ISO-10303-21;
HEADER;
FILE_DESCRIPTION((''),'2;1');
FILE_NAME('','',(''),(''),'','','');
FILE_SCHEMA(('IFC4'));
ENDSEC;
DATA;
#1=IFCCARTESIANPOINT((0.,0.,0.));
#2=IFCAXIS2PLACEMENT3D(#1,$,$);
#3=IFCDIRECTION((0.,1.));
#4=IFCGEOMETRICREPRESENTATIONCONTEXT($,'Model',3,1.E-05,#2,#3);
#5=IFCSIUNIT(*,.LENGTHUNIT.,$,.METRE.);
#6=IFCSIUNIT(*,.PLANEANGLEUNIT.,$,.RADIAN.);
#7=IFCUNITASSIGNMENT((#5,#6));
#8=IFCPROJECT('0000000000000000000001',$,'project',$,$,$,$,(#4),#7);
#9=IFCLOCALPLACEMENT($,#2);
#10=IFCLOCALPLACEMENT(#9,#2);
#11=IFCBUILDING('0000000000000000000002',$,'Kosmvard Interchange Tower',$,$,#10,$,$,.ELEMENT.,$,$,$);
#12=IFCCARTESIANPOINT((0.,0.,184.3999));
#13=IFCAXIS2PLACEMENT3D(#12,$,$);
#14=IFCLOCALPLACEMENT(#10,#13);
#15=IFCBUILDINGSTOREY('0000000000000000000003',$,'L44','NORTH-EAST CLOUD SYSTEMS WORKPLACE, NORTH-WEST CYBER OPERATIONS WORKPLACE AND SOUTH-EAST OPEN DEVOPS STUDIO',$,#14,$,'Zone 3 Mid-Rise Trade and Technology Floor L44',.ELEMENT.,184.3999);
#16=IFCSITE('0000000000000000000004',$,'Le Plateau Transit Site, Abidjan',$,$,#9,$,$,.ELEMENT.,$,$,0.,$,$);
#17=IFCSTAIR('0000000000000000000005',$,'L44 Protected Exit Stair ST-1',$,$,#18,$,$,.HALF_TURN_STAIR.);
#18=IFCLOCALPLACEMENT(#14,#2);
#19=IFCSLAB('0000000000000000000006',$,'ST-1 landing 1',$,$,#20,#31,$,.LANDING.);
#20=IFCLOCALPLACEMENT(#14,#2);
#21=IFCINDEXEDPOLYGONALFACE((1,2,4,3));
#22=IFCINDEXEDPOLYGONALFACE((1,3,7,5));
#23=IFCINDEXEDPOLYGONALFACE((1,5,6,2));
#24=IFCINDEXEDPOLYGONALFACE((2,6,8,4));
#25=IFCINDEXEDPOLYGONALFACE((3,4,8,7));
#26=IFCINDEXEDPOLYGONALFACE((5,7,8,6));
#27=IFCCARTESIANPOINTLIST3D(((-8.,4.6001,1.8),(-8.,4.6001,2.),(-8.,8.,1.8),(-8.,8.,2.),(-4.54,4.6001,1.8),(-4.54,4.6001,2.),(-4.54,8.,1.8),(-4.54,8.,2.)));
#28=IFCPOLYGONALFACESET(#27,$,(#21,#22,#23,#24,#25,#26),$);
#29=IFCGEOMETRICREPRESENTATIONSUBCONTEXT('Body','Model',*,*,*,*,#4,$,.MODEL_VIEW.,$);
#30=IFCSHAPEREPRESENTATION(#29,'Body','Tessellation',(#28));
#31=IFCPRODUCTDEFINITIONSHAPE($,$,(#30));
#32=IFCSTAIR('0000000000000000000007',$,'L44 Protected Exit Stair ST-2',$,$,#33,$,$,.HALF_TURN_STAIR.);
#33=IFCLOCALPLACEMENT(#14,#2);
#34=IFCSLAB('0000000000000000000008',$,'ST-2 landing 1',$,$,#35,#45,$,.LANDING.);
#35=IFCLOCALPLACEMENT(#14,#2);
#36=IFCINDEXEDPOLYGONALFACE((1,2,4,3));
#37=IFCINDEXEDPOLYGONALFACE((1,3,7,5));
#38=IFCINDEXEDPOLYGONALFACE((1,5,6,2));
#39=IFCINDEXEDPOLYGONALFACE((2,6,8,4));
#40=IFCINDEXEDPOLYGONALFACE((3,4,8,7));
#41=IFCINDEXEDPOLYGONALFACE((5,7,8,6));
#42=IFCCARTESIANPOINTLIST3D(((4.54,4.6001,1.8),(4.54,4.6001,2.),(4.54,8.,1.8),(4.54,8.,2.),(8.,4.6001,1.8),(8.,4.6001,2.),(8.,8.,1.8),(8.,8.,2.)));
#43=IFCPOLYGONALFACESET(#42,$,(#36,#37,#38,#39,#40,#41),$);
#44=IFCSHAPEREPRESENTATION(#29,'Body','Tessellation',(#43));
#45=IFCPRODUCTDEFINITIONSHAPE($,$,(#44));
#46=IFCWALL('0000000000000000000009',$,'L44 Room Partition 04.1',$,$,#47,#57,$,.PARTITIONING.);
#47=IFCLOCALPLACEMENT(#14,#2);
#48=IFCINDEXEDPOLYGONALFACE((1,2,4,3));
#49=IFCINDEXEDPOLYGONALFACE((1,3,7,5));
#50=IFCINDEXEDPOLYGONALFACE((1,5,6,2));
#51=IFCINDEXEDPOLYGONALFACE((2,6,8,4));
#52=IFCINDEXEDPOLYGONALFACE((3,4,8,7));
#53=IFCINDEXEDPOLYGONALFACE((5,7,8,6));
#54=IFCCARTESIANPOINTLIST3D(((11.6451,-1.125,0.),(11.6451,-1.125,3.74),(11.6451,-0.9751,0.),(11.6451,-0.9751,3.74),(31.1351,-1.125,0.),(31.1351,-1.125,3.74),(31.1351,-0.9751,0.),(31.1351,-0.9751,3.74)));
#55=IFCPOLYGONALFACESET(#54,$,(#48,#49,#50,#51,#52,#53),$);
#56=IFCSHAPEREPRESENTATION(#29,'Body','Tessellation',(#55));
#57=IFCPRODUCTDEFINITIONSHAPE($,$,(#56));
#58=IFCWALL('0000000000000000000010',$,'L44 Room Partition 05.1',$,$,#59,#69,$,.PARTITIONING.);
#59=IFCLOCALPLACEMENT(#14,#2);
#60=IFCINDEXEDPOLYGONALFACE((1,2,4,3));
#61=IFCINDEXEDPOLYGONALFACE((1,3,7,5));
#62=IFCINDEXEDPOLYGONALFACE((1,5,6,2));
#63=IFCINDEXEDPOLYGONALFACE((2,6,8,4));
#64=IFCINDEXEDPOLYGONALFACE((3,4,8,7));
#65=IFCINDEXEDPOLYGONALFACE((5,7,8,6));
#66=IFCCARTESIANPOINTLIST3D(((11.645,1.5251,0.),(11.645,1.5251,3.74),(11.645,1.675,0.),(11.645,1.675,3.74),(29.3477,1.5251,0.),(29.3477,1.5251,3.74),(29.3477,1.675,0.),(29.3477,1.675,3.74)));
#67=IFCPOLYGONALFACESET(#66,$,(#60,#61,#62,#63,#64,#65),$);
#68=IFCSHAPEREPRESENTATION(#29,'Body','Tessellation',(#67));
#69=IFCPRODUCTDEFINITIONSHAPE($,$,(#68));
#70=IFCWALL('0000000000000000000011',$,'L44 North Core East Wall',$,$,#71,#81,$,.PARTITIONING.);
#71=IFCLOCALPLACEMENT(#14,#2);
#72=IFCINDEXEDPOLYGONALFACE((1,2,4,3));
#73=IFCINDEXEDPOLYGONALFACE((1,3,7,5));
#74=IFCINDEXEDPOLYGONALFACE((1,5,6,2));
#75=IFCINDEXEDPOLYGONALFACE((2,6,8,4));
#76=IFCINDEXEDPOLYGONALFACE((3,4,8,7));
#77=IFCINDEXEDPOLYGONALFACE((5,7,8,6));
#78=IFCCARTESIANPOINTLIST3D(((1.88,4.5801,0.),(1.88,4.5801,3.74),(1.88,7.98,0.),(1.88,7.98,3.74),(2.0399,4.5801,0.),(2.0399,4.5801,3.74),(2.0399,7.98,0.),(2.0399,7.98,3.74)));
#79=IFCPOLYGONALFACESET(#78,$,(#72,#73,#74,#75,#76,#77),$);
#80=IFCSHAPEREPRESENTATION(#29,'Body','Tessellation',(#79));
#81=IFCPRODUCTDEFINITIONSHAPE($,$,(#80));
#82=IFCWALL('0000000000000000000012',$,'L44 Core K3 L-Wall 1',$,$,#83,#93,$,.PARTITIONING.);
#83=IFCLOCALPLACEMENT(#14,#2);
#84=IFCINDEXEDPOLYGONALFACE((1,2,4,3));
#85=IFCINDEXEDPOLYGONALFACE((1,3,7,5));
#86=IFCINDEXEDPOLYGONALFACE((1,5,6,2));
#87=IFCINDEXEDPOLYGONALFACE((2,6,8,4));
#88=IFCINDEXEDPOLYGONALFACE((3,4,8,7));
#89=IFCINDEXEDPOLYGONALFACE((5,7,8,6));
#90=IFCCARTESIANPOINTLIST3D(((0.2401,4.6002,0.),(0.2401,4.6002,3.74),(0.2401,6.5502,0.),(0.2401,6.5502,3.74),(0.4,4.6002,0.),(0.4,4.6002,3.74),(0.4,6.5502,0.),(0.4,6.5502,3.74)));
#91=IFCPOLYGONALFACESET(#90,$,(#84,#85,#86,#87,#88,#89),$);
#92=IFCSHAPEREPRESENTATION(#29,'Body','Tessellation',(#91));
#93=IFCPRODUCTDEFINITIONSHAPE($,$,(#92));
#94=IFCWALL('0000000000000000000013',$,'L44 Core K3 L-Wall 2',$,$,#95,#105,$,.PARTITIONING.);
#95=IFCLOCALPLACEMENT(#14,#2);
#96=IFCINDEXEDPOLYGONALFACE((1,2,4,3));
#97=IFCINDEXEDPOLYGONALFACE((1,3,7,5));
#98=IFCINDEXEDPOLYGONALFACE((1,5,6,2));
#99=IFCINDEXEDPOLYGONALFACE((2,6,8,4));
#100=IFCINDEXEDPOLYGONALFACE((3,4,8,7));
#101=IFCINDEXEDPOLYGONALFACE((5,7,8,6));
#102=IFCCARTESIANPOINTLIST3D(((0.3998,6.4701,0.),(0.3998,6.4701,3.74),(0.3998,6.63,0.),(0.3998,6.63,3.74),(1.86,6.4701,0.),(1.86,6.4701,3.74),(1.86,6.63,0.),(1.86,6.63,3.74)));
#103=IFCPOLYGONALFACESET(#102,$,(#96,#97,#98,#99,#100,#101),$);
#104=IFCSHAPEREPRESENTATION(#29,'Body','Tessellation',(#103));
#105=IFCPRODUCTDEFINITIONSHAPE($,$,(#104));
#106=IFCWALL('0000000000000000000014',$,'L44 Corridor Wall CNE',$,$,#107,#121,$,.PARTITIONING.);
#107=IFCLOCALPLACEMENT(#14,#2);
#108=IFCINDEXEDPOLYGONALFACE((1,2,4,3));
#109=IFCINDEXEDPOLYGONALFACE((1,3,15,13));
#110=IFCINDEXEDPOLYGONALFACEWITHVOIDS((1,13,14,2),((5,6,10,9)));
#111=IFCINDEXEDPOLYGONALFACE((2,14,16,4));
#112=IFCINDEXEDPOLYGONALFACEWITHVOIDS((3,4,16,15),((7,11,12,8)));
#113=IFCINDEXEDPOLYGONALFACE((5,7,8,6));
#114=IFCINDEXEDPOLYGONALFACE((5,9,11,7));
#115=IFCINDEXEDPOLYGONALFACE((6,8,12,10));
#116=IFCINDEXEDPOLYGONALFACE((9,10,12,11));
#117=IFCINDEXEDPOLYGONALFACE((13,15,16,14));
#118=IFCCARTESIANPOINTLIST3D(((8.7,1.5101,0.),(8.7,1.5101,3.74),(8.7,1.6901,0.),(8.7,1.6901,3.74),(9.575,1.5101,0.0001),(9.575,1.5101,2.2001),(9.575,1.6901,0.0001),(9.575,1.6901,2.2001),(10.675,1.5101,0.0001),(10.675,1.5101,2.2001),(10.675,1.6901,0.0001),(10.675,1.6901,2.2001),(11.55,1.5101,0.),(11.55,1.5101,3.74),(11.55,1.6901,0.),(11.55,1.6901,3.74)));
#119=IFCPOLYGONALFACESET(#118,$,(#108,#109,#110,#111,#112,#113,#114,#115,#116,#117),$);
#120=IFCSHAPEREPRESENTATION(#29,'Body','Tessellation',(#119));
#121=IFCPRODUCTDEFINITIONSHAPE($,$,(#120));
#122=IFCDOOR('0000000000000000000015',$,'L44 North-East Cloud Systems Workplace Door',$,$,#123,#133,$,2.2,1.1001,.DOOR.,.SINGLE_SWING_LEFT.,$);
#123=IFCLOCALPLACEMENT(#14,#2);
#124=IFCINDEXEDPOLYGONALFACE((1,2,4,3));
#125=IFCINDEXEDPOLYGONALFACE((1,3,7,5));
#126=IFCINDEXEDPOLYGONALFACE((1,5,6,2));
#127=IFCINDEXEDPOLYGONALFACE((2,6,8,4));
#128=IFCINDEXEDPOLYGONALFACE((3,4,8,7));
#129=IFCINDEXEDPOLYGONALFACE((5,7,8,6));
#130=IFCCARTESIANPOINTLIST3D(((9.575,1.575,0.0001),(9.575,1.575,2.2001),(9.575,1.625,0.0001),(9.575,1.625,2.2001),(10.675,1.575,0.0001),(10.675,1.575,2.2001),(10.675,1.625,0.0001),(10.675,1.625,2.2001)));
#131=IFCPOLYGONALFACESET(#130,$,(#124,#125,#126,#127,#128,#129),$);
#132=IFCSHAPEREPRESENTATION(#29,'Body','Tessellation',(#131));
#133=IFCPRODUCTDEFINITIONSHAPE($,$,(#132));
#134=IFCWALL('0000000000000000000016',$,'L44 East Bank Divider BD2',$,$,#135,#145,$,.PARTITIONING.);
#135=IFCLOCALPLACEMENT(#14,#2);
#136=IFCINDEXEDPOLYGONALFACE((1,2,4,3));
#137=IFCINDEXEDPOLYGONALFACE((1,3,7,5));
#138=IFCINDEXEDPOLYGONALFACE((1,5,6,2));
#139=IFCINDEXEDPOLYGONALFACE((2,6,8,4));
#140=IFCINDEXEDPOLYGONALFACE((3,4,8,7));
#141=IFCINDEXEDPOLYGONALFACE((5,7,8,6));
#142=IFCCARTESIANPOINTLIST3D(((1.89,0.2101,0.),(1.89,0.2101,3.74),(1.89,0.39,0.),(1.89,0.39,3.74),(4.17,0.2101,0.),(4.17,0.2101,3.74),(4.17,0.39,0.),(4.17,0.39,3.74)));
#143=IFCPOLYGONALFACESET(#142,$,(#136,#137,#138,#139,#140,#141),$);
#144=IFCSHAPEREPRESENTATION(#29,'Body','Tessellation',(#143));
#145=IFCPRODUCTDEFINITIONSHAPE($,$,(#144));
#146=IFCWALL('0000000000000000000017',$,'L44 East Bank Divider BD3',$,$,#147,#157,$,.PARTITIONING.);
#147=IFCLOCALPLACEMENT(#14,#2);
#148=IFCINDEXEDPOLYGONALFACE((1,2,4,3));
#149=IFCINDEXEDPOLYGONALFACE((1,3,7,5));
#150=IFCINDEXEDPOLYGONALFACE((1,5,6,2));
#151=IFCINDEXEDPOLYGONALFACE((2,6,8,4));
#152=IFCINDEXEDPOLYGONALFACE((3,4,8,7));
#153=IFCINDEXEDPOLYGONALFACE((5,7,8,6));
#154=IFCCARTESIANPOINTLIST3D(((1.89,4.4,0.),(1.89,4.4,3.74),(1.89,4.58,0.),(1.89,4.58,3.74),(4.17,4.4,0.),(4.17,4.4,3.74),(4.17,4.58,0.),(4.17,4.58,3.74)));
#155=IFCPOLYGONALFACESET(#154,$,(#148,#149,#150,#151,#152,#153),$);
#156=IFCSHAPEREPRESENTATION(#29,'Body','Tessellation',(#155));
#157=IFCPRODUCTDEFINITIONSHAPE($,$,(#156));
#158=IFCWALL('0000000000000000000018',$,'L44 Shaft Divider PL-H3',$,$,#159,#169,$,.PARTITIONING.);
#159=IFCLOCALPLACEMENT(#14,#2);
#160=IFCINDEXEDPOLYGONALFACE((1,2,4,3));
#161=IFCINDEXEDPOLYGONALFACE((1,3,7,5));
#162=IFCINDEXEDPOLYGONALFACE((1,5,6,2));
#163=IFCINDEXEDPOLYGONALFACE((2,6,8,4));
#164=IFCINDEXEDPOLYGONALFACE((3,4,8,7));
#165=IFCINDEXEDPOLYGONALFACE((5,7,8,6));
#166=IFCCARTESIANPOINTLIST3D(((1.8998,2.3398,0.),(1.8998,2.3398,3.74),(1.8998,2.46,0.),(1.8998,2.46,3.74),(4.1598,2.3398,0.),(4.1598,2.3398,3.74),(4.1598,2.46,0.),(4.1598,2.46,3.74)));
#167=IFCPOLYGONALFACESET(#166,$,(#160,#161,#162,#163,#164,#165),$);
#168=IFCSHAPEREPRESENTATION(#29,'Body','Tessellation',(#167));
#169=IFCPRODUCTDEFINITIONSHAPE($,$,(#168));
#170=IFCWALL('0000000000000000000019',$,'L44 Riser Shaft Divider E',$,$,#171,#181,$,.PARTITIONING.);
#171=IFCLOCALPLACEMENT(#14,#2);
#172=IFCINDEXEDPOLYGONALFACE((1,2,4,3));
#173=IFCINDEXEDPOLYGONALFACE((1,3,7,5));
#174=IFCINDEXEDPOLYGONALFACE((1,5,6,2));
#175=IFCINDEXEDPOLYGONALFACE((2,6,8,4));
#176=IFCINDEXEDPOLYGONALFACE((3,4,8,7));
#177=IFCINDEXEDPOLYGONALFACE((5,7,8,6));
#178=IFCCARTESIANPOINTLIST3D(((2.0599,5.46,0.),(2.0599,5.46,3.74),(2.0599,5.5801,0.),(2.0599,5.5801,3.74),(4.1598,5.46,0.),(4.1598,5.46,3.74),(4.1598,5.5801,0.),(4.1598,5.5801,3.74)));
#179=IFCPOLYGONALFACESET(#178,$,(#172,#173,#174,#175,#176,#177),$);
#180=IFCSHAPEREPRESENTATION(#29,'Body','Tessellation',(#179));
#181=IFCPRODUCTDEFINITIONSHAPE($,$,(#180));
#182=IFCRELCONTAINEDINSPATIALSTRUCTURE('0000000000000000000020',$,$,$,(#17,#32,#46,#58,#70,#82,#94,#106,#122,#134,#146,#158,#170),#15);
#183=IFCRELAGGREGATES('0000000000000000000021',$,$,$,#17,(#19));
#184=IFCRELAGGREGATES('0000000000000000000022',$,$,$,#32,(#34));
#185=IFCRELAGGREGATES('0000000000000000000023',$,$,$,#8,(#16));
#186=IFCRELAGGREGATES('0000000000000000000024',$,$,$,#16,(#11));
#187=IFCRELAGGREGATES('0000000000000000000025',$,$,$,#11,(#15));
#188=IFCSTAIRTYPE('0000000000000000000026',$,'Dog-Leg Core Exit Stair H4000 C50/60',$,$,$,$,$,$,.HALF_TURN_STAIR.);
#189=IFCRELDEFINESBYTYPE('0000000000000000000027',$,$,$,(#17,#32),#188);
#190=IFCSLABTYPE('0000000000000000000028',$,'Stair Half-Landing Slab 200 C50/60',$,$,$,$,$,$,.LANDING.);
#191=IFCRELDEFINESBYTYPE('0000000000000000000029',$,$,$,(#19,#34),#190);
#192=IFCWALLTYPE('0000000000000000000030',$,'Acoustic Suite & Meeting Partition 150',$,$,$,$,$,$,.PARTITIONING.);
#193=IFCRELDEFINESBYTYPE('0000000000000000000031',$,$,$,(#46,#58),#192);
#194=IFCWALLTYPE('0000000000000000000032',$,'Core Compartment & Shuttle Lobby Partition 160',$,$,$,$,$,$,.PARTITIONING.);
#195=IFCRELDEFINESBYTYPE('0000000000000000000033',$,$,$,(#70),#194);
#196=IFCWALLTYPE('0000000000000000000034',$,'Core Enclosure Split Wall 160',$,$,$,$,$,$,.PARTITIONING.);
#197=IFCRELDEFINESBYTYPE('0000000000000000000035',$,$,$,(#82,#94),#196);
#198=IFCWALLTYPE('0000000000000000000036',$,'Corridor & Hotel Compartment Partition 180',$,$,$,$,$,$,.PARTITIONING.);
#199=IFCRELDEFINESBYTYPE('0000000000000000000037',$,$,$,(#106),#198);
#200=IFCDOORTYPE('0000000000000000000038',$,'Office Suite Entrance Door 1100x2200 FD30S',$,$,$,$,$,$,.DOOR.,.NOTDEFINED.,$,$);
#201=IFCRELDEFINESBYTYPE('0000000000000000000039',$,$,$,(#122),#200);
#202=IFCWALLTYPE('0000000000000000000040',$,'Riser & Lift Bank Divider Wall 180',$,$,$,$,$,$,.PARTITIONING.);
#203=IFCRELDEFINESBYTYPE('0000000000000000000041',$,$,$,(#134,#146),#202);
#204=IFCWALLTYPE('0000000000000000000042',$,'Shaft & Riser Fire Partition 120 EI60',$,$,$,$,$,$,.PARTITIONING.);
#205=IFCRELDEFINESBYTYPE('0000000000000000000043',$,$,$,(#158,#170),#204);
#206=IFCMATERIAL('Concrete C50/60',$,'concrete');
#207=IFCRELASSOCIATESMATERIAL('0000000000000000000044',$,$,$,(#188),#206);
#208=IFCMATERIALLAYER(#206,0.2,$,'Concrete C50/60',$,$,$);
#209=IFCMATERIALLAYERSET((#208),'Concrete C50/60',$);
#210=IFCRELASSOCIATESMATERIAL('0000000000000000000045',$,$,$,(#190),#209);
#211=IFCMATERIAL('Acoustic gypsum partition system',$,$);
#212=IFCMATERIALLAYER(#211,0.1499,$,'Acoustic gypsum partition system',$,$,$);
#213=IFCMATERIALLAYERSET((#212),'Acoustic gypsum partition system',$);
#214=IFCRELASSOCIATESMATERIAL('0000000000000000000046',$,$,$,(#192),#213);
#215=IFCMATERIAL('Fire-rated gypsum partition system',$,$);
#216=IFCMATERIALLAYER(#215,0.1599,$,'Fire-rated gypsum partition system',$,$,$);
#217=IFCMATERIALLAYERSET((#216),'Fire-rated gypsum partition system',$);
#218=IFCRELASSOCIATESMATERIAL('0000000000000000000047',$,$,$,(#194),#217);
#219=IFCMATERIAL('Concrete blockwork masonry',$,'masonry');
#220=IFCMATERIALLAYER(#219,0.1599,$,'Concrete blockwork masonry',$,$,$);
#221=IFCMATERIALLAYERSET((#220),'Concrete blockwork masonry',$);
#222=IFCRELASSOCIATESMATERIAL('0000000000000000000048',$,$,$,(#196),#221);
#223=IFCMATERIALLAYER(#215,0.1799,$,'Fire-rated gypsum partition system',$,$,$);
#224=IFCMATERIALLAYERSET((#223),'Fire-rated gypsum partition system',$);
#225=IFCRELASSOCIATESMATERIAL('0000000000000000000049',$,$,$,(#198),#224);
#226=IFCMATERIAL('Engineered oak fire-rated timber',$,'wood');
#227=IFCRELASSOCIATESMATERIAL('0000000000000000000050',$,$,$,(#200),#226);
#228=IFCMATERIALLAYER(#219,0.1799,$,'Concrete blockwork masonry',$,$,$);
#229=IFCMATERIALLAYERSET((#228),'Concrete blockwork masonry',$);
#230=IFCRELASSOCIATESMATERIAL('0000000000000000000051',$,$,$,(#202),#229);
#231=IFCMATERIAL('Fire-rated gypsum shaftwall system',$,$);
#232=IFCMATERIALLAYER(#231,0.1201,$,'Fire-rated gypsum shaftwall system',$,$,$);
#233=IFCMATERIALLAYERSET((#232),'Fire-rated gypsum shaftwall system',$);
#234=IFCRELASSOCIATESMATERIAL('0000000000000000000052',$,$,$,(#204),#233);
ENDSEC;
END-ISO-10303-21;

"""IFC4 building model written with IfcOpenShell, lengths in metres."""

from ifc_helpers import new_model, si_unit, direction, frame, frame_2d, origin, place, context, subcontext, project, spatial, polyline, rectangle, outline, extrude, source, transform, mapped, material, layer, layer_set, type_object, element, fill, aggregate, save


model = new_model("IFC4")

# Units and contexts
model_context = context("Model", 3, precision=1e-05, world=origin(), true_north=direction((0.0, 1.0)))
body_context = subcontext(model_context, "Body", "Model", "MODEL_VIEW")
ifc_project = project(units=[si_unit("LENGTHUNIT", "METRE"), si_unit("PLANEANGLEUNIT", "RADIAN")], contexts=[model_context])

# Site, building, storey
site_placement = place(None, origin())
site = spatial("IfcSite", under=ifc_project, at=site_placement, Name="Le Plateau Transit Site, Abidjan", CompositionType="ELEMENT", RefElevation=0.0)
building_placement = place(site_placement, origin())
building = spatial("IfcBuilding", under=site, at=building_placement, Name="Kosmvard Interchange Tower", CompositionType="ELEMENT")
storey_placement = place(building_placement, frame((0.0, 0.0, 184.3999)))
storey = spatial("IfcBuildingStorey", under=building, at=storey_placement, Name="L44", Description="NORTH-EAST CLOUD SYSTEMS WORKPLACE, NORTH-WEST CYBER OPERATIONS WORKPLACE AND SOUTH-EAST OPEN DEVOPS STUDIO", LongName="Zone 3 Mid-Rise Trade and Technology Floor L44", CompositionType="ELEMENT", Elevation=184.3999)

# Stairs, slabs
ifc_material_1 = material(Name="Concrete C50/60", Category="concrete")
stair_type = type_object("IfcStairType", Name="Dog-Leg Core Exit Stair H4000 C50/60", PredefinedType="HALF_TURN_STAIR", material=ifc_material_1)
stair_1_placement = place(storey_placement, origin())
stair_1 = element("IfcStair", 1, at=stair_1_placement, inside=storey, type_object=stair_type, Name="L44 Protected Exit Stair ST-1", PredefinedType="HALF_TURN_STAIR")
ifc_layer_1 = layer(ifc_material_1, 0.2, Name="Concrete C50/60")
ifc_layer_set_1 = layer_set([ifc_layer_1], Name="Concrete C50/60")
slab_type = type_object("IfcSlabType", Name="Stair Half-Landing Slab 200 C50/60", PredefinedType="LANDING", material=ifc_layer_set_1)
slab_1_placement = place(storey_placement, frame((0.0, 0.0, 1.8)))
slab_1 = element("IfcSlab", 2, at=slab_1_placement, type_object=slab_type, Name="ST-1 landing 1", PredefinedType="LANDING", context=body_context, shape_type="SweptSolid", body=[
    extrude(outline(polyline([(-4.54, 4.6001), (-4.54, 8.0), (-8.0, 8.0), (-8.0, 4.6001), (-4.54, 4.6001)])), origin(), (0.0, 0.0, 1.0), 0.2),
])
aggregate(stair_1, [slab_1])
stair_2_placement = place(storey_placement, origin())
stair_2 = element("IfcStair", 3, at=stair_2_placement, inside=storey, type_object=stair_type, Name="L44 Protected Exit Stair ST-2", PredefinedType="HALF_TURN_STAIR")
slab_2_placement = place(storey_placement, frame((0.0, 0.0, 1.8)))
slab_2 = element("IfcSlab", 4, at=slab_2_placement, type_object=slab_type, Name="ST-2 landing 1", PredefinedType="LANDING", context=body_context, shape_type="SweptSolid", body=[
    extrude(outline(polyline([(8.0, 4.6001), (8.0, 8.0), (4.54, 8.0), (4.54, 4.6001), (8.0, 4.6001)])), origin(), (0.0, 0.0, 1.0), 0.2),
])

# Walls
ifc_material_2 = material(Name="Acoustic gypsum partition system")
ifc_layer_2 = layer(ifc_material_2, 0.1499, Name="Acoustic gypsum partition system")
ifc_layer_set_2 = layer_set([ifc_layer_2], Name="Acoustic gypsum partition system")
wall_type_1 = type_object("IfcWallType", Name="Acoustic Suite & Meeting Partition 150", PredefinedType="PARTITIONING", material=ifc_layer_set_2)
wall_1_placement = place(storey_placement, frame((11.645, -1.05, 0.0), z_axis=(0.0, 0.0, 1.0), x_axis=(1.0, 0.0, 0.0)))
element("IfcWall", 5, at=wall_1_placement, inside=storey, type_object=wall_type_1, Name="L44 Room Partition 04.1", PredefinedType="PARTITIONING", context=body_context, shape_type="SweptSolid", body=[
    extrude(rectangle(XDim=19.49, YDim=0.1499, at=frame_2d((9.7451, 0.0))), origin(), (0.0, 0.0, 1.0), 3.74),
])
wall_2_placement = place(storey_placement, frame((11.645, 1.6001, 0.0), z_axis=(0.0, 0.0, 1.0), x_axis=(1.0, 0.0, 0.0)))
element("IfcWall", 6, at=wall_2_placement, inside=storey, type_object=wall_type_1, Name="L44 Room Partition 05.1", PredefinedType="PARTITIONING", context=body_context, shape_type="SweptSolid", body=[
    extrude(rectangle(XDim=17.7026, YDim=0.1499, at=frame_2d((8.8513, 0.0))), origin(), (0.0, 0.0, 1.0), 3.74),
])
ifc_material_3 = material(Name="Fire-rated gypsum partition system")
ifc_layer_3 = layer(ifc_material_3, 0.1599, Name="Fire-rated gypsum partition system")
ifc_layer_set_3 = layer_set([ifc_layer_3], Name="Fire-rated gypsum partition system")
wall_type_2 = type_object("IfcWallType", Name="Core Compartment & Shuttle Lobby Partition 160", PredefinedType="PARTITIONING", material=ifc_layer_set_3)
wall_3_placement = place(storey_placement, frame((1.96, 4.5801, 0.0), z_axis=(0.0, 0.0, 1.0), x_axis=(0.0, 1.0, 0.0)))
element("IfcWall", 7, at=wall_3_placement, inside=storey, type_object=wall_type_2, Name="L44 North Core East Wall", PredefinedType="PARTITIONING", context=body_context, shape_type="SweptSolid", body=[
    extrude(rectangle(XDim=3.3999, YDim=0.1599, at=frame_2d((1.7, 0.0))), origin(), (0.0, 0.0, 1.0), 3.74),
])
ifc_material_4 = material(Name="Concrete blockwork masonry", Category="masonry")
ifc_layer_4 = layer(ifc_material_4, 0.1599, Name="Concrete blockwork masonry")
ifc_layer_set_4 = layer_set([ifc_layer_4], Name="Concrete blockwork masonry")
wall_type_3 = type_object("IfcWallType", Name="Core Enclosure Split Wall 160", PredefinedType="PARTITIONING", material=ifc_layer_set_4)
wall_4_placement = place(storey_placement, frame((0.3201, 4.6001, 0.0), z_axis=(0.0, 0.0, 1.0), x_axis=(0.0, 1.0, 0.0)))
element("IfcWall", 8, at=wall_4_placement, inside=storey, type_object=wall_type_3, Name="L44 Core K3 L-Wall 1", PredefinedType="PARTITIONING", context=body_context, shape_type="SweptSolid", body=[
    extrude(rectangle(XDim=1.95, YDim=0.1599, at=frame_2d((0.9751, 0.0))), origin(), (0.0, 0.0, 1.0), 3.74),
])
wall_5_placement = place(storey_placement, frame((0.3999, 6.55, 0.0), z_axis=(0.0, 0.0, 1.0), x_axis=(1.0, 0.0, 0.0)))
element("IfcWall", 9, at=wall_5_placement, inside=storey, type_object=wall_type_3, Name="L44 Core K3 L-Wall 2", PredefinedType="PARTITIONING", context=body_context, shape_type="SweptSolid", body=[
    extrude(rectangle(XDim=1.4602, YDim=0.1599, at=frame_2d((0.73, 0.0))), origin(), (0.0, 0.0, 1.0), 3.74),
])

# Wall, opening, door
ifc_layer_5 = layer(ifc_material_3, 0.1799, Name="Fire-rated gypsum partition system")
ifc_layer_set_5 = layer_set([ifc_layer_5], Name="Fire-rated gypsum partition system")
wall_type_4 = type_object("IfcWallType", Name="Corridor & Hotel Compartment Partition 180", PredefinedType="PARTITIONING", material=ifc_layer_set_5)
wall_6_placement = place(storey_placement, frame((8.7, 1.6001, 0.0), z_axis=(0.0, 0.0, 1.0), x_axis=(1.0, 0.0, 0.0)))
wall_6 = element("IfcWall", 10, at=wall_6_placement, inside=storey, type_object=wall_type_4, Name="L44 Corridor Wall CNE", PredefinedType="PARTITIONING", context=body_context, shape_type="SweptSolid", body=[
    extrude(rectangle(XDim=2.8501, YDim=0.1799, at=frame_2d((1.425, 0.0))), origin(), (0.0, 0.0, 1.0), 3.74),
])
opening_1_placement = place(wall_6_placement, frame((0.875, 0.0, 0.0)))
opening_1 = element("IfcOpeningElement", 11, at=opening_1_placement, cuts=wall_6, PredefinedType="OPENING", context=body_context, shape_type="SweptSolid", body=[
    extrude(rectangle(XDim=1.1001, YDim=2.2, at=frame_2d((0.55, 1.1001))), frame((0.0, 0.1001, 0.0), z_axis=(0.0, -1.0, 0.0), x_axis=(1.0, 0.0, 0.0)), (0.0, 0.0, 1.0), 0.2),
])
ifc_material_5 = material(Name="Engineered oak fire-rated timber", Category="wood")
door_type_1 = type_object("IfcDoorType", Name="Office Suite Entrance Door 1100x2200 FD30S", OperationType="NOTDEFINED", PredefinedType="DOOR", material=ifc_material_5)
shared_shape_1 = source(origin(), body_context, "Body", "SweptSolid", [
    extrude(rectangle(XDim=1.1001, YDim=2.2, at=frame_2d((0.55, 1.1001))), frame((0.0, 0.0249, 0.0), z_axis=(0.0, -1.0, 0.0), x_axis=(1.0, 0.0, 0.0)), (0.0, 0.0, 1.0), 0.05),
])
door_1_placement = place(opening_1_placement, origin())
door_1 = element("IfcDoor", 12, at=door_1_placement, inside=storey, type_object=door_type_1, Name="L44 North-East Cloud Systems Workplace Door", OperationType="SINGLE_SWING_LEFT", OverallHeight=2.2, OverallWidth=1.1001, PredefinedType="DOOR", context=body_context, shape_type="MappedRepresentation", body=[
    mapped(shared_shape_1, transform((0.0, 0.0, 0.0), scale=1.0)),
])
fill(opening_1, door_1)

# Walls
ifc_layer_6 = layer(ifc_material_4, 0.1799, Name="Concrete blockwork masonry")
ifc_layer_set_6 = layer_set([ifc_layer_6], Name="Concrete blockwork masonry")
wall_type_5 = type_object("IfcWallType", Name="Riser & Lift Bank Divider Wall 180", PredefinedType="PARTITIONING", material=ifc_layer_set_6)
for number, where, z_axis, x_axis, name in (
    (13, (1.8899, 0.3, 0.0), (0.0, 0.0, 1.0), (1.0, 0.0, 0.0), "L44 East Bank Divider BD2"),
    (14, (1.8899, 4.49, 0.0), (0.0, 0.0, 1.0), (1.0, 0.0, 0.0), "L44 East Bank Divider BD3"),
):
    element("IfcWall", number, at=place(storey_placement, frame(where, z_axis=z_axis, x_axis=x_axis)), inside=storey, type_object=wall_type_5, Name=name, PredefinedType="PARTITIONING", context=body_context, shape_type="SweptSolid", body=[
        extrude(rectangle(XDim=2.28, YDim=0.1799, at=frame_2d((1.1401, 0.0))), origin(), (0.0, 0.0, 1.0), 3.74),
    ])
ifc_material_6 = material(Name="Fire-rated gypsum shaftwall system")
ifc_layer_7 = layer(ifc_material_6, 0.1201, Name="Fire-rated gypsum shaftwall system")
ifc_layer_set_7 = layer_set([ifc_layer_7], Name="Fire-rated gypsum shaftwall system")
wall_type_6 = type_object("IfcWallType", Name="Shaft & Riser Fire Partition 120 EI60", PredefinedType="PARTITIONING", material=ifc_layer_set_7)
wall_7_placement = place(storey_placement, frame((1.8999, 2.3999, 0.0), z_axis=(0.0, 0.0, 1.0), x_axis=(1.0, 0.0, 0.0)))
element("IfcWall", 15, at=wall_7_placement, inside=storey, type_object=wall_type_6, Name="L44 Shaft Divider PL-H3", PredefinedType="PARTITIONING", context=body_context, shape_type="SweptSolid", body=[
    extrude(rectangle(XDim=2.26, YDim=0.1201, at=frame_2d((1.1299, 0.0))), origin(), (0.0, 0.0, 1.0), 3.74),
])
wall_8_placement = place(storey_placement, frame((2.0601, 5.52, 0.0), z_axis=(0.0, 0.0, 1.0), x_axis=(1.0, 0.0, 0.0)))
element("IfcWall", 16, at=wall_8_placement, inside=storey, type_object=wall_type_6, Name="L44 Riser Shaft Divider E", PredefinedType="PARTITIONING", context=body_context, shape_type="SweptSolid", body=[
    extrude(rectangle(XDim=2.0999, YDim=0.1201, at=frame_2d((1.0498, 0.0))), origin(), (0.0, 0.0, 1.0), 3.74),
])

aggregate(stair_2, [slab_2])

save(model, "model.ifc")
